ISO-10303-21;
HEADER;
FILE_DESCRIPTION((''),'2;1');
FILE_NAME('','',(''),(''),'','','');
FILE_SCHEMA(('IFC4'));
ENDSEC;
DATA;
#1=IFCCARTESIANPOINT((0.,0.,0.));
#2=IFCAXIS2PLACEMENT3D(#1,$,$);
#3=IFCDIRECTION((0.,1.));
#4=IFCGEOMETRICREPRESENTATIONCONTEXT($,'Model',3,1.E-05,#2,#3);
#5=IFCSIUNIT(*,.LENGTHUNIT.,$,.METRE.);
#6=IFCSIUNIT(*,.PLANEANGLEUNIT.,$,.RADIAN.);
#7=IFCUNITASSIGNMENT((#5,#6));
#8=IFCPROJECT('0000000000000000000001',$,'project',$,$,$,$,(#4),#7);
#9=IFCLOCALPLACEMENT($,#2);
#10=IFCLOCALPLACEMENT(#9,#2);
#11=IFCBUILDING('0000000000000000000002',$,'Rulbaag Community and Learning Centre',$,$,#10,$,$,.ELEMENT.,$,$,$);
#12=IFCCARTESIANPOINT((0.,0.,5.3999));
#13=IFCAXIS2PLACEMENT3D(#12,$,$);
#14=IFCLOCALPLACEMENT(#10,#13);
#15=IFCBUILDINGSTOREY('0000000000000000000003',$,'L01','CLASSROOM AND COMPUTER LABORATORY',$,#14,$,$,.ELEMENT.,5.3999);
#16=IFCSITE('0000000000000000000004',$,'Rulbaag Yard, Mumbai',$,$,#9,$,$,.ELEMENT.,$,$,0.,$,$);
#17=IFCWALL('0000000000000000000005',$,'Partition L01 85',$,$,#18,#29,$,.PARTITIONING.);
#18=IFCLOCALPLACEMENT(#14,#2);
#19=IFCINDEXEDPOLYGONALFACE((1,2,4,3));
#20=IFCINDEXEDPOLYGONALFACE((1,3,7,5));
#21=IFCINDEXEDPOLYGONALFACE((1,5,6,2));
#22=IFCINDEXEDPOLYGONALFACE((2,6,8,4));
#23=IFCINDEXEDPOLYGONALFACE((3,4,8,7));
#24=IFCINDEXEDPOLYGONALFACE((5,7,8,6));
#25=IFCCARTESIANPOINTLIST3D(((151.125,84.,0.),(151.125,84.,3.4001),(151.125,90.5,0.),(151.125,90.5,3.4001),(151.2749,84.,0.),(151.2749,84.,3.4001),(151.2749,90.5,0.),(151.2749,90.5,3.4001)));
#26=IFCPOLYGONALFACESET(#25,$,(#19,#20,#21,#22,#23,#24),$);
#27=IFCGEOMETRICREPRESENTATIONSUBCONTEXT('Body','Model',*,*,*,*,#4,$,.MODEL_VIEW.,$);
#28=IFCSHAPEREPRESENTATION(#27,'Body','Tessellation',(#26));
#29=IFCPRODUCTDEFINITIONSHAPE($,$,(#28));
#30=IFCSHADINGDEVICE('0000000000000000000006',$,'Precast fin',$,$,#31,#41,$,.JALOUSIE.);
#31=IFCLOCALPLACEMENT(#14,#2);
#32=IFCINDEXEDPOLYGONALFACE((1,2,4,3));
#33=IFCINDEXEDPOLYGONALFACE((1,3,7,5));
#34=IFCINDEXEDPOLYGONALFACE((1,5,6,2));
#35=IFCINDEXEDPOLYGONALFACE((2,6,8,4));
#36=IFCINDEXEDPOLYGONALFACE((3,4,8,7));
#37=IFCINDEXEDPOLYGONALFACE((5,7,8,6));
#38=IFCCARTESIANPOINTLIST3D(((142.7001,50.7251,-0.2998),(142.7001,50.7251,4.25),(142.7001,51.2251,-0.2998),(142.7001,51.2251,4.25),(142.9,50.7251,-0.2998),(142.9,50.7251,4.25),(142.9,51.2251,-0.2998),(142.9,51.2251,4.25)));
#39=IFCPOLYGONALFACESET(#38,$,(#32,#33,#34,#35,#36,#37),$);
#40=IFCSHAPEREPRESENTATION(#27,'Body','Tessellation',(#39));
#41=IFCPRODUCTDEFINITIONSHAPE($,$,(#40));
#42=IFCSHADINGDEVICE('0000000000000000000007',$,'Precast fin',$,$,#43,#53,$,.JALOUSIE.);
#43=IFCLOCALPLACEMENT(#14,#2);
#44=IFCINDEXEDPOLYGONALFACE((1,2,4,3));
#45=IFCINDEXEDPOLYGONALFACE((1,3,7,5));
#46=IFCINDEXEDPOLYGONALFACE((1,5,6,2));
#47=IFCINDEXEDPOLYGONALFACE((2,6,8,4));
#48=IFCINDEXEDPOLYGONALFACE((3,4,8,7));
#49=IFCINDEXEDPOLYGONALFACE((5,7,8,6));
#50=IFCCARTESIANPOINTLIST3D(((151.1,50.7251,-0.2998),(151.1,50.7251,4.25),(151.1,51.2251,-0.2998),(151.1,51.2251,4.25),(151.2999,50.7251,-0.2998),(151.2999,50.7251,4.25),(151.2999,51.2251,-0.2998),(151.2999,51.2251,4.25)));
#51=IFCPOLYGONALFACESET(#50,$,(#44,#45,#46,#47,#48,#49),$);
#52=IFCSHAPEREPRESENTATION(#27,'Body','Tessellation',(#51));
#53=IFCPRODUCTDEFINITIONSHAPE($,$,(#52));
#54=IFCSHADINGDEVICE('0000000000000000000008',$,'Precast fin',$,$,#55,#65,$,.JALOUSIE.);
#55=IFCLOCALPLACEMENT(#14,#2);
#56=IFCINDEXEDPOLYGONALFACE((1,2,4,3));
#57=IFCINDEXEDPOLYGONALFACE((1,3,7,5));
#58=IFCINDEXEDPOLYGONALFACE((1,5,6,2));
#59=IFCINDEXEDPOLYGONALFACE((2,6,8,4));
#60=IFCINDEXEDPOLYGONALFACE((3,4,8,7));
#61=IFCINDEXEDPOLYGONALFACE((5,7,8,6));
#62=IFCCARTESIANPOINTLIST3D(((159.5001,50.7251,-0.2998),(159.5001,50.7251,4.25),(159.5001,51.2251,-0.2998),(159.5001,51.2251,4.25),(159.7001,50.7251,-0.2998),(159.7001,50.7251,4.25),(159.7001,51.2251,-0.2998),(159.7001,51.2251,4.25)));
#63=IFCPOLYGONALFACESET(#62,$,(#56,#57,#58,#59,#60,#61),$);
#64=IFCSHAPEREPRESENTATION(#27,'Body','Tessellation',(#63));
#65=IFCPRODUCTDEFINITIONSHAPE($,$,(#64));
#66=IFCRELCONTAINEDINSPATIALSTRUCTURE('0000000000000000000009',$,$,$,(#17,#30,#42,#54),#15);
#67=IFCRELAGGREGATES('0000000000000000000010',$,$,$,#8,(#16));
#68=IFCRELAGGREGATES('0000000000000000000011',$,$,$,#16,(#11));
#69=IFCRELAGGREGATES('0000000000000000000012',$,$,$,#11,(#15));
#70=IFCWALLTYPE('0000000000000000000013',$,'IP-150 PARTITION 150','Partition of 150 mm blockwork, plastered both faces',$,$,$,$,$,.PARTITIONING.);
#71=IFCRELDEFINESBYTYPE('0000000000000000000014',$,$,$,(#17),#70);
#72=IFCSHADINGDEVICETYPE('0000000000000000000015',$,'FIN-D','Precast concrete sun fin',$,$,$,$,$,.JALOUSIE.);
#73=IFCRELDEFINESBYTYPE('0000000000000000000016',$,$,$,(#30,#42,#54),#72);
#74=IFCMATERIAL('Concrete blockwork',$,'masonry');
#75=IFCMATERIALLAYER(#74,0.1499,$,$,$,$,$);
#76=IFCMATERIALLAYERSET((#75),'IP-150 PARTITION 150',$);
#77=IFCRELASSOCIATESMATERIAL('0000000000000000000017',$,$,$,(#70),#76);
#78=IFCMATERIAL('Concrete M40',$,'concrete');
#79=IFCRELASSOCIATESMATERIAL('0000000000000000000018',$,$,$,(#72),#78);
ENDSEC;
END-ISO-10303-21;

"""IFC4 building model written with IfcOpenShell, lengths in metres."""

from ifc_helpers import new_model, si_unit, direction, frame, frame_2d, origin, origin_2d, place, context, subcontext, project, spatial, rectangle, extrude, material, layer, layer_set, material_profile, profile_set, type_object, element, save


model = new_model("IFC4")

# Units and contexts
model_context = context("Model", 3, precision=1e-05, world=origin(), true_north=direction((0.0, 1.0)))
body_context = subcontext(model_context, "Body", "Model", "MODEL_VIEW")
ifc_project = project(units=[si_unit("LENGTHUNIT", "METRE"), si_unit("PLANEANGLEUNIT", "RADIAN")], contexts=[model_context])

# Site, building, storey
site_placement = place(None, origin())
site = spatial("IfcSite", under=ifc_project, at=site_placement, Name="Rulbaag Yard, Mumbai", CompositionType="ELEMENT", RefElevation=0.0)
building_placement = place(site_placement, origin())
building = spatial("IfcBuilding", under=site, at=building_placement, Name="Rulbaag Community and Learning Centre", CompositionType="ELEMENT")
storey_placement = place(building_placement, frame((0.0, 0.0, 5.3999)))
storey = spatial("IfcBuildingStorey", under=building, at=storey_placement, Name="L01", Description="CLASSROOM AND COMPUTER LABORATORY", CompositionType="ELEMENT", Elevation=5.3999)

# Shared definitions
ifc_material_1 = material(Name="Concrete M40", Category="concrete")

# Wall
ifc_material_2 = material(Name="Concrete blockwork", Category="masonry")
ifc_layer_1 = layer(ifc_material_2, 0.1499)
ifc_layer_set_1 = layer_set([ifc_layer_1], Name="IP-150 PARTITION 150")
wall_type_1 = type_object("IfcWallType", Name="IP-150 PARTITION 150", Description="Partition of 150 mm blockwork, plastered both faces", PredefinedType="PARTITIONING", material=ifc_layer_set_1)
wall_1_placement = place(storey_placement, frame((151.2, 84.0, 0.0), z_axis=(0.0, 0.0, 1.0), x_axis=(0.0, 1.0, 0.0)))
element("IfcWall", 1, at=wall_1_placement, inside=storey, type_object=wall_type_1, Name="Partition L01 85", PredefinedType="PARTITIONING", context=body_context, shape_type="SweptSolid", body=[
    extrude(rectangle(XDim=6.5, YDim=0.1499, at=frame_2d((3.25, 0.0))), origin(), (0.0, 0.0, 1.0), 3.4001),
])

# Shading devices
ifc_material_profile_1 = material_profile(ifc_material_1, rectangle(XDim=0.2, YDim=0.5, at=origin_2d()), Name="PC 200x500")
ifc_profile_set_1 = profile_set([ifc_material_profile_1], Name="Concrete M40")
shading_device_type = type_object("IfcShadingDeviceType", Name="FIN-D", Description="Precast concrete sun fin", PredefinedType="JALOUSIE", material=ifc_profile_set_1)
for number, where, z_axis, x_axis, name in (
    (2, (142.8, 50.9751, -0.2998), (0.0, 0.0, 1.0), (1.0, 0.0, 0.0), "Precast fin"),
    (3, (151.2, 50.9751, -0.2998), (0.0, 0.0, 1.0), (1.0, 0.0, 0.0), "Precast fin"),
    (4, (159.6001, 50.9751, -0.2998), (0.0, 0.0, 1.0), (1.0, 0.0, 0.0), "Precast fin"),
):
    element("IfcShadingDevice", number, at=place(storey_placement, frame(where, z_axis=z_axis, x_axis=x_axis)), inside=storey, type_object=shading_device_type, Name=name, PredefinedType="JALOUSIE", context=body_context, shape_type="SweptSolid", body=[
        extrude(rectangle(XDim=0.2, YDim=0.5, at=origin_2d()), origin(), (0.0, 0.0, 1.0), 4.5498),
    ])

save(model, "model.ifc")
